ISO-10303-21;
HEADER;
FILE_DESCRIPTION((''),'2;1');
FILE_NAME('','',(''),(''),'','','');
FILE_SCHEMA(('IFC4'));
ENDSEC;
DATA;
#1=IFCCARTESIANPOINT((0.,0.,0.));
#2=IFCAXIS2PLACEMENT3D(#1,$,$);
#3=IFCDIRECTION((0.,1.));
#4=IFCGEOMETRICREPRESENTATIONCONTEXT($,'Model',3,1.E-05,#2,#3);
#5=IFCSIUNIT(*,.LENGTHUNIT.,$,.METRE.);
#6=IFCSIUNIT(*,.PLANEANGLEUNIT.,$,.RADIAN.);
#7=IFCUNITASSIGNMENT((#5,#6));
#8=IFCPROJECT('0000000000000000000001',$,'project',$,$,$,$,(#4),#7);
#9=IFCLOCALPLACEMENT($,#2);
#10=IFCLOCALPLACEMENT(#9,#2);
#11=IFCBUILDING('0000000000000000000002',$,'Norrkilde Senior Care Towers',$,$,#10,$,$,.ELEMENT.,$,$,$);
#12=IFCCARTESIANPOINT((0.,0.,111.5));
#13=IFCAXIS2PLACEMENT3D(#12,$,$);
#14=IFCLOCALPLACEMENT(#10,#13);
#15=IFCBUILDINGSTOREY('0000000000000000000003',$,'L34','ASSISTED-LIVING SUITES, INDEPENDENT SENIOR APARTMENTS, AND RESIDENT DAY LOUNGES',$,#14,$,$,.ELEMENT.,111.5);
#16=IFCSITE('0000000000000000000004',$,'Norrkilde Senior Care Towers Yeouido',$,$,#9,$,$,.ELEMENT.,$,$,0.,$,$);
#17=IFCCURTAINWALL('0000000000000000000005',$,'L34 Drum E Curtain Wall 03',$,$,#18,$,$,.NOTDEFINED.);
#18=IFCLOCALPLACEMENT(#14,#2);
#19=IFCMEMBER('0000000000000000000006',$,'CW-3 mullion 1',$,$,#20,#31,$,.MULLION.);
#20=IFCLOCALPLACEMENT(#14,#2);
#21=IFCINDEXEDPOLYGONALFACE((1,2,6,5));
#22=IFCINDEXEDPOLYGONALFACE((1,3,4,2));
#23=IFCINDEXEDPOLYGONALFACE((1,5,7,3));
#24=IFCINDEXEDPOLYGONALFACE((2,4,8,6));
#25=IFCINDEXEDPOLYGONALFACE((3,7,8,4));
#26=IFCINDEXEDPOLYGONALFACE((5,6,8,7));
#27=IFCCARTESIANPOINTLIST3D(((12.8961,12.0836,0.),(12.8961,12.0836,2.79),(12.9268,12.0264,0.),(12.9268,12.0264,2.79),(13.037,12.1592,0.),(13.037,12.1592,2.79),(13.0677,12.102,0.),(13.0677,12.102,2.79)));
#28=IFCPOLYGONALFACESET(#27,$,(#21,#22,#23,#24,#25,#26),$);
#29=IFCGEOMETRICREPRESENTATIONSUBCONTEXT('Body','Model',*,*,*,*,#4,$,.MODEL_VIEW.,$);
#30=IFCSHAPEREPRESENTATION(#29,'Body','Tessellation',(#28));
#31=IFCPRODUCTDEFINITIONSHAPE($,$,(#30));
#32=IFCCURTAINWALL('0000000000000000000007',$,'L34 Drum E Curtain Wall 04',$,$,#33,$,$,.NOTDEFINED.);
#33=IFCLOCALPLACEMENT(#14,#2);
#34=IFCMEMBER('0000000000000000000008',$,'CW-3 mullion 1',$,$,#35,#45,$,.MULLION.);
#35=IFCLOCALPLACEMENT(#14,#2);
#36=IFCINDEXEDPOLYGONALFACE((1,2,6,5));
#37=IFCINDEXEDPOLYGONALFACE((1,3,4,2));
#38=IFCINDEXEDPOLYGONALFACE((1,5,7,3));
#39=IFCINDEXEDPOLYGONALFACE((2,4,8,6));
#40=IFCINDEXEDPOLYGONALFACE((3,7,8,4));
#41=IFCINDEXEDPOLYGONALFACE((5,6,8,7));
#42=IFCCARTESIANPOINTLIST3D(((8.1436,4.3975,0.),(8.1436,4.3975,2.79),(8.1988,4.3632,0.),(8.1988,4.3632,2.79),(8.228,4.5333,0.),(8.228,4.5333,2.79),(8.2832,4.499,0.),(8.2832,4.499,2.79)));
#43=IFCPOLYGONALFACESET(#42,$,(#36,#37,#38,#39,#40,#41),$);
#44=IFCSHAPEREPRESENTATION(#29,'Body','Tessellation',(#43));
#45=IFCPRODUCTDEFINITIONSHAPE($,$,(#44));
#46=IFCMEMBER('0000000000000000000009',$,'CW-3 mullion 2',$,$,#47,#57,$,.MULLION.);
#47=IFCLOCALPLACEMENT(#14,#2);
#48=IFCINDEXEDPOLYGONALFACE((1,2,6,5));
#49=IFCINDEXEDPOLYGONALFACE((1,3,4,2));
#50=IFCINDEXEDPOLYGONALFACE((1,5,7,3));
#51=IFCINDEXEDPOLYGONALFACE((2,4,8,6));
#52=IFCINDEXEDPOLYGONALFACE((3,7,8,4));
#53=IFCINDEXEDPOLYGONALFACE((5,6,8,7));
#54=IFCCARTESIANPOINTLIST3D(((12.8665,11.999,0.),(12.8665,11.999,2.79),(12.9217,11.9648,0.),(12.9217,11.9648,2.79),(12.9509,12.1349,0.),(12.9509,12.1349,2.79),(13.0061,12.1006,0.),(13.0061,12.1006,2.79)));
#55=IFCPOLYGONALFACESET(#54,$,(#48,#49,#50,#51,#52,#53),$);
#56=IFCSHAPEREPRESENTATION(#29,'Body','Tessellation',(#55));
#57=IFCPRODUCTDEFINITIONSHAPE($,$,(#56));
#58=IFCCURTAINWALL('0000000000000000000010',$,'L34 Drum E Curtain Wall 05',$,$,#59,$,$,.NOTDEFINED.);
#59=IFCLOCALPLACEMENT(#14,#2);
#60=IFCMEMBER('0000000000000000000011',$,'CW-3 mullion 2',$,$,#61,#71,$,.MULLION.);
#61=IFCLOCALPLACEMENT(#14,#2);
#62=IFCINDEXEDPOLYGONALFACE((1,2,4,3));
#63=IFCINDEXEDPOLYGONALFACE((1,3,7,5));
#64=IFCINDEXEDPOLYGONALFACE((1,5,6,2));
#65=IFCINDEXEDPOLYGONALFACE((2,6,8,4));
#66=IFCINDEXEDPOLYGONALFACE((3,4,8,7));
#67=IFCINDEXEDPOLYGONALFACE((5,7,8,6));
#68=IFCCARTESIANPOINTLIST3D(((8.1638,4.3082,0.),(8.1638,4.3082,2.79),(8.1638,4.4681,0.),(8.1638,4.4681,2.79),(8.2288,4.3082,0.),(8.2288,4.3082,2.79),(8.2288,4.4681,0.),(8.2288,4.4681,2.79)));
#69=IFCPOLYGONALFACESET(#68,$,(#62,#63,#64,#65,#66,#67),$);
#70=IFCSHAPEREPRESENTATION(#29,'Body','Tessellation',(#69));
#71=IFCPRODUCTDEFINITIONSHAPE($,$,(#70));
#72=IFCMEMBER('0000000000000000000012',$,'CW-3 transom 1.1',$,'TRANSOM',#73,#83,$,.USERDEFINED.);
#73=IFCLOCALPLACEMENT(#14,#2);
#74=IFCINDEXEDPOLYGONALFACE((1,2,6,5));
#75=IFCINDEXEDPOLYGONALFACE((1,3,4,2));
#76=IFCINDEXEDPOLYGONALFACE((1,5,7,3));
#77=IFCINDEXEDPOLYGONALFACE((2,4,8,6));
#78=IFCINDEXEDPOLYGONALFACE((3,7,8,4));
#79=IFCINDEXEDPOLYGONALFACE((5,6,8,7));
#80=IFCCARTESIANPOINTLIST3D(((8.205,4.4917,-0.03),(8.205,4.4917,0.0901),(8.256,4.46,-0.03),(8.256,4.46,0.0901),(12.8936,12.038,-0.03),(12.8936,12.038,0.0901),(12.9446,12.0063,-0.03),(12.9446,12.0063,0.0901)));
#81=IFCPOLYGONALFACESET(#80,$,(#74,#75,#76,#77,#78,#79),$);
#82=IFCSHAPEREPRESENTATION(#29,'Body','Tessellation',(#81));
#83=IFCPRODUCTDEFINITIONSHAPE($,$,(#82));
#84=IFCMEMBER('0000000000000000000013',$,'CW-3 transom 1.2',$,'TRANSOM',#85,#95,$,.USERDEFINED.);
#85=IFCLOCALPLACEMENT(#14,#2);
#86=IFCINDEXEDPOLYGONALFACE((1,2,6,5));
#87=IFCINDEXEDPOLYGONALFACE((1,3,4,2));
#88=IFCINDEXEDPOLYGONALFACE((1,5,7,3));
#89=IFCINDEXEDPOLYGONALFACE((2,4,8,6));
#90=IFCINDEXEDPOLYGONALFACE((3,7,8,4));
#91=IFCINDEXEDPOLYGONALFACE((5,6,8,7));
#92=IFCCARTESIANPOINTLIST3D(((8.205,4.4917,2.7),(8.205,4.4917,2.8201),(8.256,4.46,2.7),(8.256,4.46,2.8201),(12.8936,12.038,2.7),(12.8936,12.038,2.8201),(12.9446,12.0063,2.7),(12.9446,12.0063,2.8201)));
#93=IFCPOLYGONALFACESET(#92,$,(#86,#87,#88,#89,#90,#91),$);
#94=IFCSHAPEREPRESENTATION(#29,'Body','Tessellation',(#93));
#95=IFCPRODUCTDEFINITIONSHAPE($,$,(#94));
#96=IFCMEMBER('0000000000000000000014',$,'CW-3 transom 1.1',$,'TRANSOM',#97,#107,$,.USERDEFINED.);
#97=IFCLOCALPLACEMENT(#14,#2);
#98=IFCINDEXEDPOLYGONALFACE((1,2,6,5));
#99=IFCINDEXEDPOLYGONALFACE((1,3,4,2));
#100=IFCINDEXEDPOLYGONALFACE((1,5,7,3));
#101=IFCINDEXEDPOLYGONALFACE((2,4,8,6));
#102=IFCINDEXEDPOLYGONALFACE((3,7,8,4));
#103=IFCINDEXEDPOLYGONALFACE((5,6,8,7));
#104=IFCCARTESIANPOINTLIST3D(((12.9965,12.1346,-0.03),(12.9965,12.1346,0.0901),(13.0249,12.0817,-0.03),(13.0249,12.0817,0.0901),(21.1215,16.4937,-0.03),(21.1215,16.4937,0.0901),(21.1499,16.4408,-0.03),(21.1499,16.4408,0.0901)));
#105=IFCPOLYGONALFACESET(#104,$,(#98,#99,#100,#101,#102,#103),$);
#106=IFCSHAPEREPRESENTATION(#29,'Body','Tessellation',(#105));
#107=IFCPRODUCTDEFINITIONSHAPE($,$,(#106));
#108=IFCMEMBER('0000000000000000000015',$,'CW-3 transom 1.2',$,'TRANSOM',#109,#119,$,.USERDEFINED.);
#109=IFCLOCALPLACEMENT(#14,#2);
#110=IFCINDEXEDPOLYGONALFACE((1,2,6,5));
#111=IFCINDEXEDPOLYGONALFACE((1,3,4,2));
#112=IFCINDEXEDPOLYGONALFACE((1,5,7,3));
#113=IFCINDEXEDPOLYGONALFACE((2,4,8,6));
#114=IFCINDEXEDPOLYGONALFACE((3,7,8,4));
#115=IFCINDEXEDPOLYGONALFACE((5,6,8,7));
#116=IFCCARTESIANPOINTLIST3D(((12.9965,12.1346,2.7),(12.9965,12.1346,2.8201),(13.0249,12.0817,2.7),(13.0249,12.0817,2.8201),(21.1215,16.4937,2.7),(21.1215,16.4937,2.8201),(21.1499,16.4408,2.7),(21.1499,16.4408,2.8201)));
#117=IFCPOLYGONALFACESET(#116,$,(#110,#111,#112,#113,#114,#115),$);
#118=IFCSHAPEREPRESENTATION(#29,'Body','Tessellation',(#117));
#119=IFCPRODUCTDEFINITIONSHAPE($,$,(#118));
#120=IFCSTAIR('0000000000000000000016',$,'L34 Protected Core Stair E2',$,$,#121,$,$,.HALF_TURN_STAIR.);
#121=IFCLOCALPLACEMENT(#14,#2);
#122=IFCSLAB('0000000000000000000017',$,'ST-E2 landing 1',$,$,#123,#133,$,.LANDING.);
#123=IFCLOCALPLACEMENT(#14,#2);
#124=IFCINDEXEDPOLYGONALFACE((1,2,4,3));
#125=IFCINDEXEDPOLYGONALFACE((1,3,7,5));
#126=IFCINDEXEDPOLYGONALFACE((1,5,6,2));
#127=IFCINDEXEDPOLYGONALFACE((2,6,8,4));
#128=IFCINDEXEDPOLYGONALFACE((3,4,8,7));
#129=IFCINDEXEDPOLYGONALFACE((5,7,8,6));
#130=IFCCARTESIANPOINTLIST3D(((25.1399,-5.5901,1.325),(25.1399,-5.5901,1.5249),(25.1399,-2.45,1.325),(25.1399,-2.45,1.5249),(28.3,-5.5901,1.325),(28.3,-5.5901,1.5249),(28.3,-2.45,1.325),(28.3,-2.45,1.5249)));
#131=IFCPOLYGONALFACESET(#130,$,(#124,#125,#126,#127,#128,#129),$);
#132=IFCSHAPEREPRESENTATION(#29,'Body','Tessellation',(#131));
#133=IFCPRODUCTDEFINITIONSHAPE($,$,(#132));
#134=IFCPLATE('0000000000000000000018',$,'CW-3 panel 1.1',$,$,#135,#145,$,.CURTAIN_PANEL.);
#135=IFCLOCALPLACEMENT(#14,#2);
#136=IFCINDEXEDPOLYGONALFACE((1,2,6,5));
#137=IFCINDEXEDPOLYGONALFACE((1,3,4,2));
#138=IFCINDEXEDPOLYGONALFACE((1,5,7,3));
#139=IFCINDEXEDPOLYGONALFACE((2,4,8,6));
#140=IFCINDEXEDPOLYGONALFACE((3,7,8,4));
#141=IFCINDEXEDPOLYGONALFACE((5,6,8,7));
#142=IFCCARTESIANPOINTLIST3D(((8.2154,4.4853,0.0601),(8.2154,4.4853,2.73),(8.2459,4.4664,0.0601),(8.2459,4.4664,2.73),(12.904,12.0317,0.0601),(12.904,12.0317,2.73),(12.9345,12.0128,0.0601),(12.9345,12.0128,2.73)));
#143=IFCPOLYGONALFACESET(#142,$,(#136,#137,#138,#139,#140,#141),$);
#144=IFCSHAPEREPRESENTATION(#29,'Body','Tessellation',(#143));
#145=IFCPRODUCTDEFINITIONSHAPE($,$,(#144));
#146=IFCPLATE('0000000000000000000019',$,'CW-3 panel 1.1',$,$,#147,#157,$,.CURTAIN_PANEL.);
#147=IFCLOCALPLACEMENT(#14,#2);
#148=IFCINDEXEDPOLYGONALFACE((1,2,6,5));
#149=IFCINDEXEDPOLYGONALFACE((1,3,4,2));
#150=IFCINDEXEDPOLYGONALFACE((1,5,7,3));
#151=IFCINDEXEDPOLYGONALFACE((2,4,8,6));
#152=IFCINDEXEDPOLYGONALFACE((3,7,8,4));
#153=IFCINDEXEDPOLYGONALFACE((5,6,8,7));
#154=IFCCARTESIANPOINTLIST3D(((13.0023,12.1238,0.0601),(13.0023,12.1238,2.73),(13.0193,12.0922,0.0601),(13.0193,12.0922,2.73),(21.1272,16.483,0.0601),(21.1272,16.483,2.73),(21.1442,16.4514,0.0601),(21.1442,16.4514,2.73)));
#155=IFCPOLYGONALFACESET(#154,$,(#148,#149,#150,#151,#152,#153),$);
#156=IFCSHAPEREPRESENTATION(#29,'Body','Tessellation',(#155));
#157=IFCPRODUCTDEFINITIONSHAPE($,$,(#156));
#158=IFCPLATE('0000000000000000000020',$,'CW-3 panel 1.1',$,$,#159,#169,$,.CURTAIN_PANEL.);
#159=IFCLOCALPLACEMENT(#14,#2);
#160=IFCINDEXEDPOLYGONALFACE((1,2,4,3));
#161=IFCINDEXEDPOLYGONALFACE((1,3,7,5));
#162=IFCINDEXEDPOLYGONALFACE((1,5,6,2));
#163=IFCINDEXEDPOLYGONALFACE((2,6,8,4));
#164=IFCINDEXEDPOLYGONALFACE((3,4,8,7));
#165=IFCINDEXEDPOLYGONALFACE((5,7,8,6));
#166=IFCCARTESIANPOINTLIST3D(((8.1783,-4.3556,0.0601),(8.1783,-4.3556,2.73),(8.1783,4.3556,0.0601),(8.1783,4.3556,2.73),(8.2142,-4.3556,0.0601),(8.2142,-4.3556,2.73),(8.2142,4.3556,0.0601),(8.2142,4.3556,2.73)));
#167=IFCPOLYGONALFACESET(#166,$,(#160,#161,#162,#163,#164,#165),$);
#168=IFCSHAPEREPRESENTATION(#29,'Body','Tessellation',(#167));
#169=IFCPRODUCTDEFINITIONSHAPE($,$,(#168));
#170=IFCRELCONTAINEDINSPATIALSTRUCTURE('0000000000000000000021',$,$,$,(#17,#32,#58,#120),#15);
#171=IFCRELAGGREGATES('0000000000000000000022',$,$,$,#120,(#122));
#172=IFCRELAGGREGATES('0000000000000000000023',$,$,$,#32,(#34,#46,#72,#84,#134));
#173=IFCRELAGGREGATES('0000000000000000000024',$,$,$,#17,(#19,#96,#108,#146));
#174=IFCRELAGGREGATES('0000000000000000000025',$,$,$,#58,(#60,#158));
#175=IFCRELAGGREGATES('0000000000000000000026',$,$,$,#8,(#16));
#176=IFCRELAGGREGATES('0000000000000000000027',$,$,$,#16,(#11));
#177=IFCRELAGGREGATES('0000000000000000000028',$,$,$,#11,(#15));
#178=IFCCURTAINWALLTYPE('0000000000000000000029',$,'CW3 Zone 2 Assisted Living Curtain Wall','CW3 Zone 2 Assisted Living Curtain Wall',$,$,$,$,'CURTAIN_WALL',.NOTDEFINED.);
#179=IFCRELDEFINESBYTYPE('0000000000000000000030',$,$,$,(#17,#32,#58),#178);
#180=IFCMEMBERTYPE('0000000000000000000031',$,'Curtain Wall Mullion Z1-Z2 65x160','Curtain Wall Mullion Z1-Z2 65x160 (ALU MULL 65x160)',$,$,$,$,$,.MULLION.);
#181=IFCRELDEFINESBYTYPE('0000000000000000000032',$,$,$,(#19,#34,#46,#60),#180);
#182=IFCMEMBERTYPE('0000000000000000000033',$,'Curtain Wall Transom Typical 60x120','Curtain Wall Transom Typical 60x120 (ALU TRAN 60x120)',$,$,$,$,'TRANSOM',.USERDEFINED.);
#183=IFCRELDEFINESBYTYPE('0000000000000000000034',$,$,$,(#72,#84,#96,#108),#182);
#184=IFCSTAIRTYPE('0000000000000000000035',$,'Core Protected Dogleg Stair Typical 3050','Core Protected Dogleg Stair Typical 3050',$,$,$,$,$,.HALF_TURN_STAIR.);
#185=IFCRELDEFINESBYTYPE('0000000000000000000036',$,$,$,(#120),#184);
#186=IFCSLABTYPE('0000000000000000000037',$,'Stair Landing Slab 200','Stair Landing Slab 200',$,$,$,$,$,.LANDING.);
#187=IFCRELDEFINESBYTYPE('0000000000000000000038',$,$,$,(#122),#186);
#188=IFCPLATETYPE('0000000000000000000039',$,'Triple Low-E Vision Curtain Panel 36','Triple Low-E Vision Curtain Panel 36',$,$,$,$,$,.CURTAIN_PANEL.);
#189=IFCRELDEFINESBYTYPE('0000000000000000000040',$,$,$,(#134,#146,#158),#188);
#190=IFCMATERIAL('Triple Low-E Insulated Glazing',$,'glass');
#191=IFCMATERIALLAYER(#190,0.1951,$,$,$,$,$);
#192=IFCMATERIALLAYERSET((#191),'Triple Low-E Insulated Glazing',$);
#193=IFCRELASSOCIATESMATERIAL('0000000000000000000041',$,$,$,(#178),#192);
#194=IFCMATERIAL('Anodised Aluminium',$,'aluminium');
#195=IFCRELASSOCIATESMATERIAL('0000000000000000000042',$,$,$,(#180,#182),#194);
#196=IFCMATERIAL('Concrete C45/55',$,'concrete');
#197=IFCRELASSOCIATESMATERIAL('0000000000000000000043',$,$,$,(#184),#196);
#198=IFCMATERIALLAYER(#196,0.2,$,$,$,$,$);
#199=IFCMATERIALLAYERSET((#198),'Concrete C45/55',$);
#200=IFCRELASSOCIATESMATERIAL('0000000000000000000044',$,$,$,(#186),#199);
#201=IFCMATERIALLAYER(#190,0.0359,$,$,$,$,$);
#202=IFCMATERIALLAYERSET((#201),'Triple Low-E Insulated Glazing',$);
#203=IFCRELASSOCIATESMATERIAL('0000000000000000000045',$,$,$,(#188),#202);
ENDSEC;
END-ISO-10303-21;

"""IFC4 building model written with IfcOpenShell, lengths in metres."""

from ifc_helpers import new_model, si_unit, direction, frame, origin, origin_2d, place, context, subcontext, project, spatial, polyline, rectangle, outline, extrude, source, transform, mapped, material, layer, layer_set, material_profile, profile_set, type_object, type_shapes, element, aggregate, save


model = new_model("IFC4")

# Units and contexts
model_context = context("Model", 3, precision=1e-05, world=origin(), true_north=direction((0.0, 1.0)))
body_context = subcontext(model_context, "Body", "Model", "MODEL_VIEW")
ifc_project = project(units=[si_unit("LENGTHUNIT", "METRE"), si_unit("PLANEANGLEUNIT", "RADIAN")], contexts=[model_context])

# Site, building, storey
site_placement = place(None, origin())
site = spatial("IfcSite", under=ifc_project, at=site_placement, Name="Norrkilde Senior Care Towers Yeouido", CompositionType="ELEMENT", RefElevation=0.0)
building_placement = place(site_placement, origin())
building = spatial("IfcBuilding", under=site, at=building_placement, Name="Norrkilde Senior Care Towers", CompositionType="ELEMENT")
storey_placement = place(building_placement, frame((0.0, 0.0, 111.5)))
storey = spatial("IfcBuildingStorey", under=building, at=storey_placement, Name="L34", Description="ASSISTED-LIVING SUITES, INDEPENDENT SENIOR APARTMENTS, AND RESIDENT DAY LOUNGES", CompositionType="ELEMENT", Elevation=111.5)

# Curtain wall, member
ifc_material_1 = material(Name="Triple Low-E Insulated Glazing", Category="glass")
ifc_layer_1 = layer(ifc_material_1, 0.1951)
ifc_layer_set_1 = layer_set([ifc_layer_1], Name="Triple Low-E Insulated Glazing")
curtain_wall_type = type_object("IfcCurtainWallType", Name="CW3 Zone 2 Assisted Living Curtain Wall", Description="CW3 Zone 2 Assisted Living Curtain Wall", ElementType="CURTAIN_WALL", PredefinedType="NOTDEFINED", material=ifc_layer_set_1)
curtain_wall_1_placement = place(storey_placement, origin())
curtain_wall_1 = element("IfcCurtainWall", 1, at=curtain_wall_1_placement, inside=storey, type_object=curtain_wall_type, Name="L34 Drum E Curtain Wall 03", PredefinedType="NOTDEFINED")
ifc_material_2 = material(Name="Anodised Aluminium", Category="aluminium")
ifc_material_profile_1 = material_profile(ifc_material_2, rectangle(XDim=0.0649, YDim=0.1599, at=origin_2d()), Name="ALU MULL 65x160")
ifc_profile_set_1 = profile_set([ifc_material_profile_1], Name="Anodised Aluminium")
member_type_1 = type_object("IfcMemberType", Name="Curtain Wall Mullion Z1-Z2 65x160", Description="Curtain Wall Mullion Z1-Z2 65x160 (ALU MULL 65x160)", PredefinedType="MULLION", material=ifc_profile_set_1)
shared_shape_1 = source(origin(), body_context, "Body", "SweptSolid", [
    extrude(rectangle(XDim=0.0649, YDim=0.1599, at=origin_2d()), origin(), (0.0, 0.0, 1.0), 2.79),
])
type_shapes(member_type_1, [shared_shape_1])
member_1_placement = place(storey_placement, frame((12.9819, 12.0928, 0.0), z_axis=(0.0, 0.0, 1.0), x_axis=(-0.472769, 0.881186, 0.0)))
member_1 = element("IfcMember", 2, at=member_1_placement, type_object=member_type_1, Name="CW-3 mullion 1", PredefinedType="MULLION", context=body_context, shape_type="MappedRepresentation", body=[
    mapped(shared_shape_1, transform((0.0, 0.0, 0.0), x_axis=(1.0, 0.0, 0.0), y_axis=(0.0, 1.0, 0.0), z_axis=(0.0, 0.0, 1.0), scale=1.0)),
])

# Curtain wall, members
curtain_wall_2_placement = place(storey_placement, origin())
curtain_wall_2 = element("IfcCurtainWall", 3, at=curtain_wall_2_placement, inside=storey, type_object=curtain_wall_type, Name="L34 Drum E Curtain Wall 04", PredefinedType="NOTDEFINED")
member_2_placement = place(storey_placement, frame((8.2134, 4.4482, 0.0), z_axis=(0.0, 0.0, 1.0), x_axis=(-0.84941, 0.527733, 0.0)))
member_2 = element("IfcMember", 4, at=member_2_placement, type_object=member_type_1, Name="CW-3 mullion 1", PredefinedType="MULLION", context=body_context, shape_type="MappedRepresentation", body=[
    mapped(shared_shape_1, transform((0.0, 0.0, 0.0), x_axis=(1.0, 0.0, 0.0), y_axis=(0.0, 1.0, 0.0), z_axis=(0.0, 0.0, 1.0), scale=1.0)),
])
member_3_placement = place(storey_placement, frame((12.9363, 12.0498, 0.0), z_axis=(0.0, 0.0, 1.0), x_axis=(-0.84941, 0.527733, 0.0)))
member_3 = element("IfcMember", 5, at=member_3_placement, type_object=member_type_1, Name="CW-3 mullion 2", PredefinedType="MULLION", context=body_context, shape_type="MappedRepresentation", body=[
    mapped(shared_shape_1, transform((0.0, 0.0, 0.0), x_axis=(1.0, 0.0, 0.0), y_axis=(0.0, 1.0, 0.0), z_axis=(0.0, 0.0, 1.0), scale=1.0)),
])

# Curtain wall, member
curtain_wall_3_placement = place(storey_placement, origin())
curtain_wall_3 = element("IfcCurtainWall", 6, at=curtain_wall_3_placement, inside=storey, type_object=curtain_wall_type, Name="L34 Drum E Curtain Wall 05", PredefinedType="NOTDEFINED")
member_4_placement = place(storey_placement, frame((8.1963, 4.3882, 0.0), z_axis=(0.0, 0.0, 1.0), x_axis=(-1.0, 0.0, 0.0)))
member_4 = element("IfcMember", 7, at=member_4_placement, type_object=member_type_1, Name="CW-3 mullion 2", PredefinedType="MULLION", context=body_context, shape_type="MappedRepresentation", body=[
    mapped(shared_shape_1, transform((0.0, 0.0, 0.0), x_axis=(1.0, 0.0, 0.0), y_axis=(0.0, 1.0, 0.0), z_axis=(0.0, 0.0, 1.0), scale=1.0)),
])

# Members
ifc_material_profile_2 = material_profile(ifc_material_2, rectangle(XDim=0.0601, YDim=0.1201, at=origin_2d()), Name="ALU TRAN 60x120")
ifc_profile_set_2 = profile_set([ifc_material_profile_2], Name="Anodised Aluminium")
member_type_2 = type_object("IfcMemberType", Name="Curtain Wall Transom Typical 60x120", Description="Curtain Wall Transom Typical 60x120 (ALU TRAN 60x120)", ElementType="TRANSOM", PredefinedType="USERDEFINED", material=ifc_profile_set_2)
shared_shape_2 = source(origin(), body_context, "Body", "SweptSolid", [
    extrude(rectangle(XDim=0.0601, YDim=0.1201, at=origin_2d()), origin(), (0.0, 0.0, 1.0), 8.8843),
])
member_5_placement = place(storey_placement, frame((8.2305, 4.4758, 0.03), z_axis=(0.527749, 0.8494, 0.0), x_axis=(-0.8494, 0.527749, 0.0)))
member_5 = element("IfcMember", 8, at=member_5_placement, type_object=member_type_2, Name="CW-3 transom 1.1", ObjectType="TRANSOM", PredefinedType="USERDEFINED", context=body_context, shape_type="MappedRepresentation", body=[
    mapped(shared_shape_2, transform((0.0, 0.0, 0.0), x_axis=(1.0, 0.0, 0.0), y_axis=(0.0, 1.0, 0.0), z_axis=(0.0, 0.0, 1.0), scale=1.0)),
])
member_6_placement = place(storey_placement, frame((8.2305, 4.4758, 2.76), z_axis=(0.527749, 0.8494, 0.0), x_axis=(-0.8494, 0.527749, 0.0)))
member_6 = element("IfcMember", 9, at=member_6_placement, type_object=member_type_2, Name="CW-3 transom 1.2", ObjectType="TRANSOM", PredefinedType="USERDEFINED", context=body_context, shape_type="MappedRepresentation", body=[
    mapped(shared_shape_2, transform((0.0, 0.0, 0.0), x_axis=(1.0, 0.0, 0.0), y_axis=(0.0, 1.0, 0.0), z_axis=(0.0, 0.0, 1.0), scale=1.0)),
])
shared_shape_3 = source(origin(), body_context, "Body", "SweptSolid", [
    extrude(rectangle(XDim=0.0601, YDim=0.1201, at=origin_2d()), origin(), (0.0, 0.0, 1.0), 9.2205),
])
type_shapes(member_type_2, [shared_shape_2, shared_shape_3])
member_7_placement = place(storey_placement, frame((13.0107, 12.1082, 0.03), z_axis=(0.881189, 0.472765, 0.0), x_axis=(-0.472765, 0.881189, 0.0)))
member_7 = element("IfcMember", 10, at=member_7_placement, type_object=member_type_2, Name="CW-3 transom 1.1", ObjectType="TRANSOM", PredefinedType="USERDEFINED", context=body_context, shape_type="MappedRepresentation", body=[
    mapped(shared_shape_3, transform((0.0, 0.0, 0.0), x_axis=(1.0, 0.0, 0.0), y_axis=(0.0, 1.0, 0.0), z_axis=(0.0, 0.0, 1.0), scale=1.0)),
])
member_8_placement = place(storey_placement, frame((13.0107, 12.1082, 2.76), z_axis=(0.881189, 0.472765, 0.0), x_axis=(-0.472765, 0.881189, 0.0)))
member_8 = element("IfcMember", 11, at=member_8_placement, type_object=member_type_2, Name="CW-3 transom 1.2", ObjectType="TRANSOM", PredefinedType="USERDEFINED", context=body_context, shape_type="MappedRepresentation", body=[
    mapped(shared_shape_3, transform((0.0, 0.0, 0.0), x_axis=(1.0, 0.0, 0.0), y_axis=(0.0, 1.0, 0.0), z_axis=(0.0, 0.0, 1.0), scale=1.0)),
])

# Stair, slab
ifc_material_3 = material(Name="Concrete C45/55", Category="concrete")
stair_type = type_object("IfcStairType", Name="Core Protected Dogleg Stair Typical 3050", Description="Core Protected Dogleg Stair Typical 3050", PredefinedType="HALF_TURN_STAIR", material=ifc_material_3)
stair_placement = place(storey_placement, origin())
stair = element("IfcStair", 12, at=stair_placement, inside=storey, type_object=stair_type, Name="L34 Protected Core Stair E2", PredefinedType="HALF_TURN_STAIR")
ifc_layer_2 = layer(ifc_material_3, 0.2)
ifc_layer_set_2 = layer_set([ifc_layer_2], Name="Concrete C45/55")
slab_type = type_object("IfcSlabType", Name="Stair Landing Slab 200", Description="Stair Landing Slab 200", PredefinedType="LANDING", material=ifc_layer_set_2)
slab_placement = place(storey_placement, frame((0.0, 0.0, 1.325)))
slab = element("IfcSlab", 13, at=slab_placement, type_object=slab_type, Name="ST-E2 landing 1", PredefinedType="LANDING", context=body_context, shape_type="SweptSolid", body=[
    extrude(outline(polyline([(25.1399, -5.5901), (28.3, -5.5901), (28.3, -2.45), (25.1399, -2.45), (25.1399, -5.5901)])), origin(), (0.0, 0.0, 1.0), 0.2),
])
aggregate(stair, [slab])

# Plates
ifc_layer_3 = layer(ifc_material_1, 0.0359)
ifc_layer_set_3 = layer_set([ifc_layer_3], Name="Triple Low-E Insulated Glazing")
plate_type = type_object("IfcPlateType", Name="Triple Low-E Vision Curtain Panel 36", Description="Triple Low-E Vision Curtain Panel 36", PredefinedType="CURTAIN_PANEL", material=ifc_layer_set_3)
shared_shape_4 = source(origin(), body_context, "Body", "SweptSolid", [
    extrude(rectangle(XDim=8.8843, YDim=0.0359, at=origin_2d()), origin(), (0.0, 0.0, 1.0), 2.6699),
])
plate_1_placement = place(storey_placement, frame((10.575, 8.249, 0.0601), z_axis=(0.0, 0.0, 1.0), x_axis=(0.527733, 0.84941, 0.0)))
plate_1 = element("IfcPlate", 14, at=plate_1_placement, type_object=plate_type, Name="CW-3 panel 1.1", PredefinedType="CURTAIN_PANEL", context=body_context, shape_type="MappedRepresentation", body=[
    mapped(shared_shape_4, transform((0.0, 0.0, 0.0), x_axis=(1.0, 0.0, 0.0), y_axis=(0.0, 1.0, 0.0), z_axis=(0.0, 0.0, 1.0), scale=1.0)),
])
aggregate(curtain_wall_2, [member_2, member_3, member_5, member_6, plate_1])
shared_shape_5 = source(origin(), body_context, "Body", "SweptSolid", [
    extrude(rectangle(XDim=9.2205, YDim=0.0359, at=origin_2d()), origin(), (0.0, 0.0, 1.0), 2.6699),
])
plate_2_placement = place(storey_placement, frame((17.0732, 14.2876, 0.0601), z_axis=(0.0, 0.0, 1.0), x_axis=(0.881186, 0.472769, 0.0)))
plate_2 = element("IfcPlate", 15, at=plate_2_placement, type_object=plate_type, Name="CW-3 panel 1.1", PredefinedType="CURTAIN_PANEL", context=body_context, shape_type="MappedRepresentation", body=[
    mapped(shared_shape_5, transform((0.0, 0.0, 0.0), x_axis=(1.0, 0.0, 0.0), y_axis=(0.0, 1.0, 0.0), z_axis=(0.0, 0.0, 1.0), scale=1.0)),
])
aggregate(curtain_wall_1, [member_1, member_7, member_8, plate_2])
shared_shape_6 = source(origin(), body_context, "Body", "SweptSolid", [
    extrude(rectangle(XDim=8.7112, YDim=0.0359, at=origin_2d()), origin(), (0.0, 0.0, 1.0), 2.6699),
])
type_shapes(plate_type, [shared_shape_4, shared_shape_5, shared_shape_6])
plate_3_placement = place(storey_placement, frame((8.1963, 0.0, 0.0601), z_axis=(0.0, 0.0, 1.0), x_axis=(0.0, 1.0, 0.0)))
plate_3 = element("IfcPlate", 16, at=plate_3_placement, type_object=plate_type, Name="CW-3 panel 1.1", PredefinedType="CURTAIN_PANEL", context=body_context, shape_type="MappedRepresentation", body=[
    mapped(shared_shape_6, transform((0.0, 0.0, 0.0), x_axis=(1.0, 0.0, 0.0), y_axis=(0.0, 1.0, 0.0), z_axis=(0.0, 0.0, 1.0), scale=1.0)),
])
aggregate(curtain_wall_3, [member_4, plate_3])

save(model, "model.ifc")
